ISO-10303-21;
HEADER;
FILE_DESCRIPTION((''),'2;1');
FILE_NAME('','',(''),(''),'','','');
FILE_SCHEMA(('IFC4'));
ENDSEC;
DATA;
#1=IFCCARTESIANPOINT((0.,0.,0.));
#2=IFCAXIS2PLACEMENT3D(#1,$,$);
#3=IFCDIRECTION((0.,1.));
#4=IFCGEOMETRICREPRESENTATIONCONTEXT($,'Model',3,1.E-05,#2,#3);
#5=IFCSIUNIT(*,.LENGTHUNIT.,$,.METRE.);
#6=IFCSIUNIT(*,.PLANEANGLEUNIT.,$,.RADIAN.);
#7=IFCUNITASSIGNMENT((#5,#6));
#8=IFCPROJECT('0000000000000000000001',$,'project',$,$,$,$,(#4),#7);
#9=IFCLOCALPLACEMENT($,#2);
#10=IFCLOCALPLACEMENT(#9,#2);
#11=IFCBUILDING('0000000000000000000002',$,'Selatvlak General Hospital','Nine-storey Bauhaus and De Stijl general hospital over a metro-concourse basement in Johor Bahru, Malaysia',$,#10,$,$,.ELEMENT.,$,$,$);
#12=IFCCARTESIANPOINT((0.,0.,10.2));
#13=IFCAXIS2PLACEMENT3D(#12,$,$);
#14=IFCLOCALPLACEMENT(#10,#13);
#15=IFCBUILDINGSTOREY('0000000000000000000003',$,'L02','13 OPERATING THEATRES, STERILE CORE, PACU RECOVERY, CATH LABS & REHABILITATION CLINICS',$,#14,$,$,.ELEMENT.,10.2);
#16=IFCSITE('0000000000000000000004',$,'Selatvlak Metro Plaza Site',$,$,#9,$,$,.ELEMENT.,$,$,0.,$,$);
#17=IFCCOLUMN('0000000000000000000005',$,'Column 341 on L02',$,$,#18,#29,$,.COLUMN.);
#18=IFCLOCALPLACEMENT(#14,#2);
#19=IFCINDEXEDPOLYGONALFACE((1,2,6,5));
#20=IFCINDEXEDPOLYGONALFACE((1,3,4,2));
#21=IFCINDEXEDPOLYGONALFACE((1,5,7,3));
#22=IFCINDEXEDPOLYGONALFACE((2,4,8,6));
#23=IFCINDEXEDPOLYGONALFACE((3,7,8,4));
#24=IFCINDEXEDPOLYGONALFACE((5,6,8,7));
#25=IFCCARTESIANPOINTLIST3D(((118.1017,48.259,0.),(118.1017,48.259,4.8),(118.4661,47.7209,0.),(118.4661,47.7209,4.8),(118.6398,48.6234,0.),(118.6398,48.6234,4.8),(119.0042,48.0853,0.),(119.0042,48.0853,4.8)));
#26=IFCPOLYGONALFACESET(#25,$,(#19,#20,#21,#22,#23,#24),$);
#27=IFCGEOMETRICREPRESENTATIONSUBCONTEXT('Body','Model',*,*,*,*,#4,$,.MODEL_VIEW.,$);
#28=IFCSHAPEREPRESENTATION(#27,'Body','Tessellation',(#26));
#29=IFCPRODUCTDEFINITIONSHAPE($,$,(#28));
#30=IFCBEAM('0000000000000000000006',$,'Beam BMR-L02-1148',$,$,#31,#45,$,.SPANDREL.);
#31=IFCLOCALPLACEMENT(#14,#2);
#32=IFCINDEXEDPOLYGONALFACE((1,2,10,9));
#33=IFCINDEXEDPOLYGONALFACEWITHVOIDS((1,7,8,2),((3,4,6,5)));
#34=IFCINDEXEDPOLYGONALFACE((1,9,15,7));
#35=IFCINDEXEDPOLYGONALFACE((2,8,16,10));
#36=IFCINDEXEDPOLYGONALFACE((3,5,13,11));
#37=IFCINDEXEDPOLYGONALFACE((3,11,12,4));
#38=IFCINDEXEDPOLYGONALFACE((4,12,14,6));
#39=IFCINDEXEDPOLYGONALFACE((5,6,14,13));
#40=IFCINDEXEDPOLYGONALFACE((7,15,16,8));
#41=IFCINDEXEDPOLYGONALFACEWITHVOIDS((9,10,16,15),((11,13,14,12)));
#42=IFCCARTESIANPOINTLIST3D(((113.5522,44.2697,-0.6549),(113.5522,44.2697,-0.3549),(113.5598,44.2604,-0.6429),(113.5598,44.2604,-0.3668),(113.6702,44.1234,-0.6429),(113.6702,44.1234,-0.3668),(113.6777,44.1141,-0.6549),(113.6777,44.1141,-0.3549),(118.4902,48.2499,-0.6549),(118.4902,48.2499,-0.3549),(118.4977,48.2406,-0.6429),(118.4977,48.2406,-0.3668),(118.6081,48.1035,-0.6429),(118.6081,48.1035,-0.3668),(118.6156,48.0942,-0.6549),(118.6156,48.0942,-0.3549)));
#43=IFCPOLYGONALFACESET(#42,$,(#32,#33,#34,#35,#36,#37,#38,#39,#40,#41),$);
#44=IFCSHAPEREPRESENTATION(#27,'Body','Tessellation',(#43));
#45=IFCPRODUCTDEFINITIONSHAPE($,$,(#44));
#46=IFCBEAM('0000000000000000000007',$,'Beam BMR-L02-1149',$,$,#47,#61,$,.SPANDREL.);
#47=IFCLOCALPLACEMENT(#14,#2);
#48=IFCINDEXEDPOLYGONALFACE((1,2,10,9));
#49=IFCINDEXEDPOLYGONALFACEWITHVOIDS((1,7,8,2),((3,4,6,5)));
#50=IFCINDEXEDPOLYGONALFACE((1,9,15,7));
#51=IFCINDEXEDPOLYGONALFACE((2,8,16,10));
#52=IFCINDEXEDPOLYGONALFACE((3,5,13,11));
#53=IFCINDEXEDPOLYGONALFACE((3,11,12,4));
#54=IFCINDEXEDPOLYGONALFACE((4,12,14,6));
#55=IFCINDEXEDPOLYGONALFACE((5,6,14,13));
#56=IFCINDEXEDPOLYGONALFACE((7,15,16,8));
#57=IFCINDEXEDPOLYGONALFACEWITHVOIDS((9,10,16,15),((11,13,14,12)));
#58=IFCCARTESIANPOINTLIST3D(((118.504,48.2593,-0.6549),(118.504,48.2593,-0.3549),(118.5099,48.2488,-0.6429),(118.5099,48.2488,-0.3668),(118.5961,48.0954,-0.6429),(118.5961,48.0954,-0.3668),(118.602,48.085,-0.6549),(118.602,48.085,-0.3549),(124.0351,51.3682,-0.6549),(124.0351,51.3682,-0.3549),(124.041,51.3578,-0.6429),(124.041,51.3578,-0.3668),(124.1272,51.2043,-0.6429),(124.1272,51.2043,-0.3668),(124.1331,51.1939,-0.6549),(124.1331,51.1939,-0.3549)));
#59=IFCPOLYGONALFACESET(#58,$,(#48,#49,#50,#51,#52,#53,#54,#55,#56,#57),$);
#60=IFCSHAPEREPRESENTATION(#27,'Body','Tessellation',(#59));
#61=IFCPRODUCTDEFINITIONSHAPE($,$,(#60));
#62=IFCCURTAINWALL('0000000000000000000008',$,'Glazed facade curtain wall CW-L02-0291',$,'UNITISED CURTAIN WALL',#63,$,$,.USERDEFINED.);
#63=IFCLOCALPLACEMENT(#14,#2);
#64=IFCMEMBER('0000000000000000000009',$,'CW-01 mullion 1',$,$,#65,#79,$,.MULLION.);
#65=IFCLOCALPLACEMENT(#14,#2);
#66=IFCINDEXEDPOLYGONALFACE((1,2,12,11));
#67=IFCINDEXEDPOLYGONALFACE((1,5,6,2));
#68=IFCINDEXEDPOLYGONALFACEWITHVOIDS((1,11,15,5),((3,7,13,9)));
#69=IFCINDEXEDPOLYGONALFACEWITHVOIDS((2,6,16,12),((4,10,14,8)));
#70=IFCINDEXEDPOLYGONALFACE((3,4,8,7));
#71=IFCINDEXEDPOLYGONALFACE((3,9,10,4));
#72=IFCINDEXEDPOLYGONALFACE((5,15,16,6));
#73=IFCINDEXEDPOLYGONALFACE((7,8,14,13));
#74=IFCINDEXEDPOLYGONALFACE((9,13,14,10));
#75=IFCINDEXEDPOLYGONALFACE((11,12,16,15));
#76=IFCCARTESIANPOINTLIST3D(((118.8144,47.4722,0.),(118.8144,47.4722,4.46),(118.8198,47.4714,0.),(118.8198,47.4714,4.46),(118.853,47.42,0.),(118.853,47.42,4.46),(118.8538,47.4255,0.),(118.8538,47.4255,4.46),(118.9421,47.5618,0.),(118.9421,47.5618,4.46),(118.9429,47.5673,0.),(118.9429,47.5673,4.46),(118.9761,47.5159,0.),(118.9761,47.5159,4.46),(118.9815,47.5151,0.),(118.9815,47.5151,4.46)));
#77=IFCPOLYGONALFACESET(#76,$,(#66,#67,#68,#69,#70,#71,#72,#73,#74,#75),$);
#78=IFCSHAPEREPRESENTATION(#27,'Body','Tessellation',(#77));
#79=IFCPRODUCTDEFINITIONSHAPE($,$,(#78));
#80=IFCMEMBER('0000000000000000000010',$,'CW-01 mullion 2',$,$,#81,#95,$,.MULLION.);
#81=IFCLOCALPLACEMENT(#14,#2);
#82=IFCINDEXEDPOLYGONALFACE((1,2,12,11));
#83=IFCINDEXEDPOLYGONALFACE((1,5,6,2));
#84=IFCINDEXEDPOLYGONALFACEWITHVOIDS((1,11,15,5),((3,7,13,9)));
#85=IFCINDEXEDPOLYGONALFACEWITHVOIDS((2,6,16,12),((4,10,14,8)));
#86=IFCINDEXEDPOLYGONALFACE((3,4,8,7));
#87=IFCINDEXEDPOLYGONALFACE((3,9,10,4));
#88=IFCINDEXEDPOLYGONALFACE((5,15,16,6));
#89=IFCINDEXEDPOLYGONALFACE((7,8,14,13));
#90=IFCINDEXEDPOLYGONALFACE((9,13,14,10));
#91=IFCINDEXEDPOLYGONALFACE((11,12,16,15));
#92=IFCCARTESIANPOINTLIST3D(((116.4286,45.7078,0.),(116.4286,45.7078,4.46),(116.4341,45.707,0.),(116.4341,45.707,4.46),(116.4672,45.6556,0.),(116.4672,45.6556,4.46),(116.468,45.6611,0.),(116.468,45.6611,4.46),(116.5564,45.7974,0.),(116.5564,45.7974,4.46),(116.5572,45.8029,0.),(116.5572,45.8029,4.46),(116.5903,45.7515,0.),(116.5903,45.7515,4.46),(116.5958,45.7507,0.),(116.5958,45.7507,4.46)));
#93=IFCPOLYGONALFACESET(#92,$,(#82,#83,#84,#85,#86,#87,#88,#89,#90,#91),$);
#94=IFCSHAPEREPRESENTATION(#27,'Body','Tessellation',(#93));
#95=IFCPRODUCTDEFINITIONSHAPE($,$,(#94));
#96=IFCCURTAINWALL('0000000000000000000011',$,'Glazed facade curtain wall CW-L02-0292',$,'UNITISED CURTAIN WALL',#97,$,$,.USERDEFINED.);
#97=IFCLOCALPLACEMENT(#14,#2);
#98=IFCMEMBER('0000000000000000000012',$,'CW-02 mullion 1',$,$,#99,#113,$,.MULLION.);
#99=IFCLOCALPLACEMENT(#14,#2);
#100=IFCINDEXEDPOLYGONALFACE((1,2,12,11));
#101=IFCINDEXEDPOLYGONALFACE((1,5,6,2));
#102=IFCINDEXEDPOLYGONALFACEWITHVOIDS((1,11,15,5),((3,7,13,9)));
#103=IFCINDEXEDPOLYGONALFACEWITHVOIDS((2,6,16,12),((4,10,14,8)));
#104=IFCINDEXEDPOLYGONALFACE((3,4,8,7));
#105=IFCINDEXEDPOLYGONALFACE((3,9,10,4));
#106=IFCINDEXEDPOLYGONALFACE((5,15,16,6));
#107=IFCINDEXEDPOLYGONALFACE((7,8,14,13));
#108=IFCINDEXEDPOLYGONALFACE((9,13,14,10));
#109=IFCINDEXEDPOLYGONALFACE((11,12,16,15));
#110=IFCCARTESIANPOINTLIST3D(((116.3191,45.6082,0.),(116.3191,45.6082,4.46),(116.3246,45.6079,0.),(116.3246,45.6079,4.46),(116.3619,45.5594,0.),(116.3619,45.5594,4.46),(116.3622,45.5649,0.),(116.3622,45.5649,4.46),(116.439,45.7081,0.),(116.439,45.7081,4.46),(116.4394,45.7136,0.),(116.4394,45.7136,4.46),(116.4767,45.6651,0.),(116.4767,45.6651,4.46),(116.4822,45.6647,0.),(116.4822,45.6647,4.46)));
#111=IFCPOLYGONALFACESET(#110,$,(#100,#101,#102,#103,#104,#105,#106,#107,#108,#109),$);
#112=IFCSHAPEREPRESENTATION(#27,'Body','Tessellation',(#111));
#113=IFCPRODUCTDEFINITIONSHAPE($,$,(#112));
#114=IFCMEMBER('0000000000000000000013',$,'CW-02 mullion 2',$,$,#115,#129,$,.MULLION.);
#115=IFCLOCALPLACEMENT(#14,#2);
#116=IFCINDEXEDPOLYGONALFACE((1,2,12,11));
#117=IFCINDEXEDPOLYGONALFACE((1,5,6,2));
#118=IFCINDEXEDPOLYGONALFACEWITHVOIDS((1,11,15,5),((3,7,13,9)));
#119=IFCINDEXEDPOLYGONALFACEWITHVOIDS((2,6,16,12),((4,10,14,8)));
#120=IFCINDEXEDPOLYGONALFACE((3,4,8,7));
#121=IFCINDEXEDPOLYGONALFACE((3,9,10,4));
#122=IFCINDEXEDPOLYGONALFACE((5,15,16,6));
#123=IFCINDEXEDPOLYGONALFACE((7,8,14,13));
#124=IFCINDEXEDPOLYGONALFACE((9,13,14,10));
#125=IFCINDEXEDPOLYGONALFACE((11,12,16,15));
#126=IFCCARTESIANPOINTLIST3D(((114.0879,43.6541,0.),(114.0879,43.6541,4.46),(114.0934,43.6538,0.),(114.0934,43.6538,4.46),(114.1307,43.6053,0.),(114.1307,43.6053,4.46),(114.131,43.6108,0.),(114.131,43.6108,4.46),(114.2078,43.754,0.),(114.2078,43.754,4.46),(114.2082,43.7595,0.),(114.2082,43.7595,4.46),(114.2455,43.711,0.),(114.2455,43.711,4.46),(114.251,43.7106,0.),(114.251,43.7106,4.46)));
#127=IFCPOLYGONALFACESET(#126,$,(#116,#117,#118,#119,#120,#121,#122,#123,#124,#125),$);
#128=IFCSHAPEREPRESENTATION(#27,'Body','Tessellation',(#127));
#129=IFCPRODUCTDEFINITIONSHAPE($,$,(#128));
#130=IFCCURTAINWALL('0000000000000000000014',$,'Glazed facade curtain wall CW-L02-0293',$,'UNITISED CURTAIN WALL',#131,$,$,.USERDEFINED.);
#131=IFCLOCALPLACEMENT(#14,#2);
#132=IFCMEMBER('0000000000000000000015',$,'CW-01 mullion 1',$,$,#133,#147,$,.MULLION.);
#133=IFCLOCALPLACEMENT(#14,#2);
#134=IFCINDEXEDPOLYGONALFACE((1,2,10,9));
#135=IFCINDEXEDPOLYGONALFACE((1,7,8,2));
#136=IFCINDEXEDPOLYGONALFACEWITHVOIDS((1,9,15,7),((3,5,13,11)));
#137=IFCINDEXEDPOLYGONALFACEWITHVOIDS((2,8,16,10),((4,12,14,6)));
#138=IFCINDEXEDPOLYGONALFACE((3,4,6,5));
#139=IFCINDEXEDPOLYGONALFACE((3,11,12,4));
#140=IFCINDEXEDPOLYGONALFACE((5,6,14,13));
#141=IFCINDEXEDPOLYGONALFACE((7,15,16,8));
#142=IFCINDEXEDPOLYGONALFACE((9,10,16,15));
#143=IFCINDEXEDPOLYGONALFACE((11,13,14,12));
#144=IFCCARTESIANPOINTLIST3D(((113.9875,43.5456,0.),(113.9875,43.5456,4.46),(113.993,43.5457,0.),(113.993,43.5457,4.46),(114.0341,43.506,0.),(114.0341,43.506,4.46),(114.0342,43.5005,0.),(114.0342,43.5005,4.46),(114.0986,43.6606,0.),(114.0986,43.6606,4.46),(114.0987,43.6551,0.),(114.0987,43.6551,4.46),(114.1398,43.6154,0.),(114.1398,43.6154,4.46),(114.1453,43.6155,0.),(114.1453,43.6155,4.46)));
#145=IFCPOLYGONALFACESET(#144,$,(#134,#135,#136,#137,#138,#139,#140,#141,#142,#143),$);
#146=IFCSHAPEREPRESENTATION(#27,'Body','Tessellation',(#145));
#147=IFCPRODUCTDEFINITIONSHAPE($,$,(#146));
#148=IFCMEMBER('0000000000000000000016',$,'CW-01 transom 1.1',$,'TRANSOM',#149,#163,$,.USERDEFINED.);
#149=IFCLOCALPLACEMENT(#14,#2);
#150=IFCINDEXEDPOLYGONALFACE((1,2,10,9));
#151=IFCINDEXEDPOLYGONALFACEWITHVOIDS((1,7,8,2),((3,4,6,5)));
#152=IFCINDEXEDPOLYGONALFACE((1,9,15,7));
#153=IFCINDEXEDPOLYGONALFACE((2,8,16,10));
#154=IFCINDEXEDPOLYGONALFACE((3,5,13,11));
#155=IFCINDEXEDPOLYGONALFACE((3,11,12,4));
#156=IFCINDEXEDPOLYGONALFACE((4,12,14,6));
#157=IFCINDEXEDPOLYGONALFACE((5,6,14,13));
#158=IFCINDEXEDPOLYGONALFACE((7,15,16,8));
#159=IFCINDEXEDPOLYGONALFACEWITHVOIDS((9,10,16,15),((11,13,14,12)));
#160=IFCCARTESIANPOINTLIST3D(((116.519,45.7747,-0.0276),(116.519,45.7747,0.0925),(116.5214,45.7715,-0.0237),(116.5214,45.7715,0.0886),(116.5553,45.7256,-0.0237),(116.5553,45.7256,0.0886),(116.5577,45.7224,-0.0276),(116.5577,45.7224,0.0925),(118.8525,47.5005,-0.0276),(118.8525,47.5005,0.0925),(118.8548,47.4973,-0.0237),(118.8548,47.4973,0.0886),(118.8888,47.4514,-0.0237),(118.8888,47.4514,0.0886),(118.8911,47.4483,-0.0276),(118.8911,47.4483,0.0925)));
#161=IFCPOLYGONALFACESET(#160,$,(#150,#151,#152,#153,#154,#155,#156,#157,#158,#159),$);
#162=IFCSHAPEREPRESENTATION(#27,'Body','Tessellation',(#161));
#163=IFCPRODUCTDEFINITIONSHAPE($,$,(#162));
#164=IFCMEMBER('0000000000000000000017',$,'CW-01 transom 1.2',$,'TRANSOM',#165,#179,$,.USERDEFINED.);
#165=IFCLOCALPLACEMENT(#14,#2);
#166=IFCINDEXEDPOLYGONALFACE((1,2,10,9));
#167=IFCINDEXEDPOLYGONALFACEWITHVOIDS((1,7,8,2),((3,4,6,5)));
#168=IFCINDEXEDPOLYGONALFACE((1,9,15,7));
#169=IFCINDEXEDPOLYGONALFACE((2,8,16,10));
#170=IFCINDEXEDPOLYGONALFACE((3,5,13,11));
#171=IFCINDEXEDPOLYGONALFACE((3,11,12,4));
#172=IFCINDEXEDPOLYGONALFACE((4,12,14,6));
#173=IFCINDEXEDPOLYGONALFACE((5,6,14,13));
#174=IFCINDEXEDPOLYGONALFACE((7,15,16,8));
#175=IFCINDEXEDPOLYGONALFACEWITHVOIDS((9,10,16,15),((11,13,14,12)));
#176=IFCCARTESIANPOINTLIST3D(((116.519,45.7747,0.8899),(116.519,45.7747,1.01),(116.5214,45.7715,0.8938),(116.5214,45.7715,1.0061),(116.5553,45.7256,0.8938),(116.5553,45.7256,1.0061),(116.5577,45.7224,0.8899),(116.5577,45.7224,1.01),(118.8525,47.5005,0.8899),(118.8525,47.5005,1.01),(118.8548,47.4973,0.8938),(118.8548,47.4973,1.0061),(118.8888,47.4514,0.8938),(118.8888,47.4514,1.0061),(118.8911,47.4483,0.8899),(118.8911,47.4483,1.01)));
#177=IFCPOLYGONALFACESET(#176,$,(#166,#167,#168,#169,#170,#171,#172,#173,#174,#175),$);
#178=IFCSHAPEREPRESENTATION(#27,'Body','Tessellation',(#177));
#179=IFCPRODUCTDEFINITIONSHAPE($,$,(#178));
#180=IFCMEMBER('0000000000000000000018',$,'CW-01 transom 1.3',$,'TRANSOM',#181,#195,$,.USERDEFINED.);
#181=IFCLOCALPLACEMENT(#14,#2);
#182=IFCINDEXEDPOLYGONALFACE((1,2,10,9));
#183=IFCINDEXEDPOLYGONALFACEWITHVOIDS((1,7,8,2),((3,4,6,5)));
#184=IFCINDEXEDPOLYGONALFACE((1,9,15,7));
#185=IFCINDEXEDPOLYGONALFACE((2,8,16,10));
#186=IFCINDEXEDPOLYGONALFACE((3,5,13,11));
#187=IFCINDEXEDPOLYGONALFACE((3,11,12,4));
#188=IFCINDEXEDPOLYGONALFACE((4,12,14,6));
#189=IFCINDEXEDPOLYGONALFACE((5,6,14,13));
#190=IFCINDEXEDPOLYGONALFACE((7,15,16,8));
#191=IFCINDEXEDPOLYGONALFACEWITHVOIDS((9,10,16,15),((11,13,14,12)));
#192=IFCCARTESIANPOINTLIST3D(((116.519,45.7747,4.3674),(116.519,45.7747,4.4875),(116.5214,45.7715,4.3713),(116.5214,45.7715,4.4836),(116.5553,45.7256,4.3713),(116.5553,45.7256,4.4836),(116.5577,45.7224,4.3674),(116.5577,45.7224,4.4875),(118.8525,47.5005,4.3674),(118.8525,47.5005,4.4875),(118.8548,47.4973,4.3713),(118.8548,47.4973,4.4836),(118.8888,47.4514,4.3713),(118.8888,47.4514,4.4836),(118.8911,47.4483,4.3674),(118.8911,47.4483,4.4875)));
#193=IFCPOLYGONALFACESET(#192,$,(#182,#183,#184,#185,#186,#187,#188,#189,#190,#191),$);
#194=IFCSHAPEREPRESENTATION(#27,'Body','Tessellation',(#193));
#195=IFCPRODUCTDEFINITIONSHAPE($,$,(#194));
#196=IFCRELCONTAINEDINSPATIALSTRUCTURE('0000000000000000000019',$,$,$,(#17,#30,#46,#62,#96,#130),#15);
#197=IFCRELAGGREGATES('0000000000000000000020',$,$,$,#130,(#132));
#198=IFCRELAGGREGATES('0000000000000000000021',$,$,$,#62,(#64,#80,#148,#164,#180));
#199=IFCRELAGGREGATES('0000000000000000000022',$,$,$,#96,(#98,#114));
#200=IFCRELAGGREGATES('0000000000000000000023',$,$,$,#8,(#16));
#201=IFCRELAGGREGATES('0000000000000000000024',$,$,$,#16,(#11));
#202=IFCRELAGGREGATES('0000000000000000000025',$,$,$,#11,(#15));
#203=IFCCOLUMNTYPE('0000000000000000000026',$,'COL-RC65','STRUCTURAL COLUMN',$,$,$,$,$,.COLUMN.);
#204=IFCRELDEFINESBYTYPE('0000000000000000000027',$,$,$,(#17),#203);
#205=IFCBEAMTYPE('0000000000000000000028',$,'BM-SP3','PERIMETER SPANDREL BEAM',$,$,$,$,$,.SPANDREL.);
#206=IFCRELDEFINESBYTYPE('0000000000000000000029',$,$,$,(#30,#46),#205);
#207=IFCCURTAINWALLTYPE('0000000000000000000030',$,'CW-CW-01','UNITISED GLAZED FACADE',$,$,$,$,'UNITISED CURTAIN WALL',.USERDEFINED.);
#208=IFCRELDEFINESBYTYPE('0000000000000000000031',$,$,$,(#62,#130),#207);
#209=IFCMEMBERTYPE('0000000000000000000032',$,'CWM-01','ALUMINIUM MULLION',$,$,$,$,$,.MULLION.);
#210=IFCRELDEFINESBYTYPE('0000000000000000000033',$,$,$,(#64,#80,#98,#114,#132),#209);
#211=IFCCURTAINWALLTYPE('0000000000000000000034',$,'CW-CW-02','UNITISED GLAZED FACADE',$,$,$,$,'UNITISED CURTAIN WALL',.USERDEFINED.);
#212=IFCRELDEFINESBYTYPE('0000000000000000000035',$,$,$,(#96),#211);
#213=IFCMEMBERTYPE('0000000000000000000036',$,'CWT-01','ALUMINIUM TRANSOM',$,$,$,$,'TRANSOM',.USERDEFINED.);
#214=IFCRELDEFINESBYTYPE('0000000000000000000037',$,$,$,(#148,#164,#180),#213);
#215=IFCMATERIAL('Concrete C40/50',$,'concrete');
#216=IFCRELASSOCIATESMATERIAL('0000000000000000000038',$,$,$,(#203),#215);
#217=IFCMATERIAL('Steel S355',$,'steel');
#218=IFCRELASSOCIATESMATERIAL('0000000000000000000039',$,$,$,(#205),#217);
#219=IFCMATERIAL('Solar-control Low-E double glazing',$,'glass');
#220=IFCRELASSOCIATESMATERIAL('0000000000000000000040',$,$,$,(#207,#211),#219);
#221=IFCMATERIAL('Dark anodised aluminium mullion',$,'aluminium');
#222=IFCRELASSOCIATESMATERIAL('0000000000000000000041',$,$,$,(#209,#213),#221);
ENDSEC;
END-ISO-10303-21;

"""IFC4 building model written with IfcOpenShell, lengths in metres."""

from ifc_helpers import new_model, si_unit, direction, frame, origin, origin_2d, place, context, subcontext, project, spatial, rectangle, hollow_rectangle, extrude, material, material_profile, profile_set, type_object, element, aggregate, save


model = new_model("IFC4")

# Units and contexts
model_context = context("Model", 3, precision=1e-05, world=origin(), true_north=direction((0.0, 1.0)))
body_context = subcontext(model_context, "Body", "Model", "MODEL_VIEW")
ifc_project = project(units=[si_unit("LENGTHUNIT", "METRE"), si_unit("PLANEANGLEUNIT", "RADIAN")], contexts=[model_context])

# Site, building, storey
site_placement = place(None, origin())
site = spatial("IfcSite", under=ifc_project, at=site_placement, Name="Selatvlak Metro Plaza Site", CompositionType="ELEMENT", RefElevation=0.0)
building_placement = place(site_placement, origin())
building = spatial("IfcBuilding", under=site, at=building_placement, Name="Selatvlak General Hospital", Description="Nine-storey Bauhaus and De Stijl general hospital over a metro-concourse basement in Johor Bahru, Malaysia", CompositionType="ELEMENT")
storey_placement = place(building_placement, frame((0.0, 0.0, 10.2)))
storey = spatial("IfcBuildingStorey", under=building, at=storey_placement, Name="L02", Description="13 OPERATING THEATRES, STERILE CORE, PACU RECOVERY, CATH LABS & REHABILITATION CLINICS", CompositionType="ELEMENT", Elevation=10.2)

# Column
ifc_material_1 = material(Name="Concrete C40/50", Category="concrete")
ifc_material_profile_1 = material_profile(ifc_material_1, rectangle(XDim=0.6499, YDim=0.6499, at=origin_2d()), Name="RC-COL 650x650")
ifc_profile_set_1 = profile_set([ifc_material_profile_1], Name="Concrete C40/50")
column_type = type_object("IfcColumnType", Name="COL-RC65", Description="STRUCTURAL COLUMN", PredefinedType="COLUMN", material=ifc_profile_set_1)
column_placement = place(storey_placement, frame((118.553, 48.1721, 0.0), z_axis=(0.0, 0.0, 1.0), x_axis=(-0.560726, 0.828002, 0.0)))
element("IfcColumn", 1, at=column_placement, inside=storey, type_object=column_type, Name="Column 341 on L02", PredefinedType="COLUMN", context=body_context, shape_type="SweptSolid", body=[
    extrude(rectangle(XDim=0.6499, YDim=0.6499, at=origin_2d()), origin(), (0.0, 0.0, 1.0), 4.8),
])

# Beams
ifc_material_2 = material(Name="Steel S355", Category="steel")
ifc_material_profile_2 = material_profile(ifc_material_2, hollow_rectangle(XDim=0.2, YDim=0.3, WallThickness=0.012, at=origin_2d()), Name="RHS 300x200x12")
ifc_profile_set_2 = profile_set([ifc_material_profile_2], Name="Steel S355")
beam_type = type_object("IfcBeamType", Name="BM-SP3", Description="PERIMETER SPANDREL BEAM", PredefinedType="SPANDREL", material=ifc_profile_set_2)
beam_1_placement = place(storey_placement, frame((113.615, 44.1919, -0.5049), z_axis=(0.778569, 0.627559, 0.0), x_axis=(-0.627559, 0.778569, 0.0)))
element("IfcBeam", 2, at=beam_1_placement, inside=storey, type_object=beam_type, Name="Beam BMR-L02-1148", PredefinedType="SPANDREL", context=body_context, shape_type="SweptSolid", body=[
    extrude(hollow_rectangle(XDim=0.2, YDim=0.3, WallThickness=0.012, at=origin_2d()), origin(), (0.0, 0.0, 1.0), 6.3423),
])
beam_2_placement = place(storey_placement, frame((118.553, 48.1721, -0.5049), z_axis=(0.871731, 0.489985, 0.0), x_axis=(-0.489985, 0.871731, 0.0)))
element("IfcBeam", 3, at=beam_2_placement, inside=storey, type_object=beam_type, Name="Beam BMR-L02-1149", PredefinedType="SPANDREL", context=body_context, shape_type="SweptSolid", body=[
    extrude(hollow_rectangle(XDim=0.2, YDim=0.3, WallThickness=0.012, at=origin_2d()), origin(), (0.0, 0.0, 1.0), 6.345),
])

# Curtain walls, members
ifc_material_3 = material(Name="Solar-control Low-E double glazing", Category="glass")
curtain_wall_type_1 = type_object("IfcCurtainWallType", Name="CW-CW-01", Description="UNITISED GLAZED FACADE", ElementType="UNITISED CURTAIN WALL", PredefinedType="USERDEFINED", material=ifc_material_3)
curtain_wall_1_placement = place(storey_placement, origin())
curtain_wall_1 = element("IfcCurtainWall", 4, at=curtain_wall_1_placement, inside=storey, type_object=curtain_wall_type_1, Name="Glazed facade curtain wall CW-L02-0291", ObjectType="UNITISED CURTAIN WALL", PredefinedType="USERDEFINED")
ifc_material_4 = material(Name="Dark anodised aluminium mullion", Category="aluminium")
ifc_material_profile_3 = material_profile(ifc_material_4, hollow_rectangle(XDim=0.0649, YDim=0.1599, WallThickness=0.0039, at=origin_2d()), Name="AL-MUL 65x160x4")
ifc_profile_set_3 = profile_set([ifc_material_profile_3], Name="Dark anodised aluminium mullion")
member_type_1 = type_object("IfcMemberType", Name="CWM-01", Description="ALUMINIUM MULLION", PredefinedType="MULLION", material=ifc_profile_set_3)
member_1_placement = place(storey_placement, frame((118.8979, 47.4937, 0.0), z_axis=(0.0, 0.0, 1.0), x_axis=(0.594604, -0.804018, 0.0)))
member_1 = element("IfcMember", 5, at=member_1_placement, type_object=member_type_1, Name="CW-01 mullion 1", PredefinedType="MULLION", context=body_context, shape_type="SweptSolid", body=[
    extrude(hollow_rectangle(XDim=0.0649, YDim=0.1599, WallThickness=0.0039, at=origin_2d()), origin(), (0.0, 0.0, 1.0), 4.46),
])
member_2_placement = place(storey_placement, frame((116.5122, 45.7292, 0.0), z_axis=(0.0, 0.0, 1.0), x_axis=(0.594604, -0.804018, 0.0)))
member_2 = element("IfcMember", 6, at=member_2_placement, type_object=member_type_1, Name="CW-01 mullion 2", PredefinedType="MULLION", context=body_context, shape_type="SweptSolid", body=[
    extrude(hollow_rectangle(XDim=0.0649, YDim=0.1599, WallThickness=0.0039, at=origin_2d()), origin(), (0.0, 0.0, 1.0), 4.46),
])
curtain_wall_type_2 = type_object("IfcCurtainWallType", Name="CW-CW-02", Description="UNITISED GLAZED FACADE", ElementType="UNITISED CURTAIN WALL", PredefinedType="USERDEFINED", material=ifc_material_3)
curtain_wall_2_placement = place(storey_placement, origin())
curtain_wall_2 = element("IfcCurtainWall", 7, at=curtain_wall_2_placement, inside=storey, type_object=curtain_wall_type_2, Name="Glazed facade curtain wall CW-L02-0292", ObjectType="UNITISED CURTAIN WALL", PredefinedType="USERDEFINED")
member_3_placement = place(storey_placement, frame((116.4006, 45.6365, 0.0), z_axis=(0.0, 0.0, 1.0), x_axis=(0.658878, -0.75225, 0.0)))
member_3 = element("IfcMember", 8, at=member_3_placement, type_object=member_type_1, Name="CW-02 mullion 1", PredefinedType="MULLION", context=body_context, shape_type="SweptSolid", body=[
    extrude(hollow_rectangle(XDim=0.0649, YDim=0.1599, WallThickness=0.0039, at=origin_2d()), origin(), (0.0, 0.0, 1.0), 4.46),
])
member_4_placement = place(storey_placement, frame((114.1694, 43.6824, 0.0), z_axis=(0.0, 0.0, 1.0), x_axis=(0.658878, -0.75225, 0.0)))
member_4 = element("IfcMember", 9, at=member_4_placement, type_object=member_type_1, Name="CW-02 mullion 2", PredefinedType="MULLION", context=body_context, shape_type="SweptSolid", body=[
    extrude(hollow_rectangle(XDim=0.0649, YDim=0.1599, WallThickness=0.0039, at=origin_2d()), origin(), (0.0, 0.0, 1.0), 4.46),
])

# Curtain wall, member
curtain_wall_3_placement = place(storey_placement, origin())
curtain_wall_3 = element("IfcCurtainWall", 10, at=curtain_wall_3_placement, inside=storey, type_object=curtain_wall_type_1, Name="Glazed facade curtain wall CW-L02-0293", ObjectType="UNITISED CURTAIN WALL", PredefinedType="USERDEFINED")
member_5_placement = place(storey_placement, frame((114.0664, 43.5806, 0.0), z_axis=(0.0, 0.0, 1.0), x_axis=(0.719197, -0.694806, 0.0)))
member_5 = element("IfcMember", 11, at=member_5_placement, type_object=member_type_1, Name="CW-01 mullion 1", PredefinedType="MULLION", context=body_context, shape_type="SweptSolid", body=[
    extrude(hollow_rectangle(XDim=0.0649, YDim=0.1599, WallThickness=0.0039, at=origin_2d()), origin(), (0.0, 0.0, 1.0), 4.46),
])

# Members
ifc_material_profile_4 = material_profile(ifc_material_4, hollow_rectangle(XDim=0.0649, YDim=0.1201, WallThickness=0.0039, at=origin_2d()), Name="AL-TRN 65x120x4")
ifc_profile_set_4 = profile_set([ifc_material_profile_4], Name="Dark anodised aluminium mullion")
member_type_2 = type_object("IfcMemberType", Name="CWT-01", Description="ALUMINIUM TRANSOM", ElementType="TRANSOM", PredefinedType="USERDEFINED", material=ifc_profile_set_4)
member_6_placement = place(storey_placement, frame((118.8718, 47.4744, 0.0325), z_axis=(-0.804, -0.59463, 0.0), x_axis=(0.59463, -0.804, 0.0)))
member_6 = element("IfcMember", 12, at=member_6_placement, type_object=member_type_2, Name="CW-01 transom 1.1", ObjectType="TRANSOM", PredefinedType="USERDEFINED", context=body_context, shape_type="SweptSolid", body=[
    extrude(hollow_rectangle(XDim=0.0649, YDim=0.1201, WallThickness=0.0039, at=origin_2d()), origin(), (0.0, 0.0, 1.0), 2.9023),
])
member_7_placement = place(storey_placement, frame((118.8718, 47.4744, 0.95), z_axis=(-0.804, -0.59463, 0.0), x_axis=(0.59463, -0.804, 0.0)))
member_7 = element("IfcMember", 13, at=member_7_placement, type_object=member_type_2, Name="CW-01 transom 1.2", ObjectType="TRANSOM", PredefinedType="USERDEFINED", context=body_context, shape_type="SweptSolid", body=[
    extrude(hollow_rectangle(XDim=0.0649, YDim=0.1201, WallThickness=0.0039, at=origin_2d()), origin(), (0.0, 0.0, 1.0), 2.9023),
])
member_8_placement = place(storey_placement, frame((118.8718, 47.4744, 4.4275), z_axis=(-0.804, -0.59463, 0.0), x_axis=(0.59463, -0.804, 0.0)))
member_8 = element("IfcMember", 14, at=member_8_placement, type_object=member_type_2, Name="CW-01 transom 1.3", ObjectType="TRANSOM", PredefinedType="USERDEFINED", context=body_context, shape_type="SweptSolid", body=[
    extrude(hollow_rectangle(XDim=0.0649, YDim=0.1201, WallThickness=0.0039, at=origin_2d()), origin(), (0.0, 0.0, 1.0), 2.9023),
])
aggregate(curtain_wall_3, [member_5])

aggregate(curtain_wall_1, [member_1, member_2, member_6, member_7, member_8])
aggregate(curtain_wall_2, [member_3, member_4])

save(model, "model.ifc")
